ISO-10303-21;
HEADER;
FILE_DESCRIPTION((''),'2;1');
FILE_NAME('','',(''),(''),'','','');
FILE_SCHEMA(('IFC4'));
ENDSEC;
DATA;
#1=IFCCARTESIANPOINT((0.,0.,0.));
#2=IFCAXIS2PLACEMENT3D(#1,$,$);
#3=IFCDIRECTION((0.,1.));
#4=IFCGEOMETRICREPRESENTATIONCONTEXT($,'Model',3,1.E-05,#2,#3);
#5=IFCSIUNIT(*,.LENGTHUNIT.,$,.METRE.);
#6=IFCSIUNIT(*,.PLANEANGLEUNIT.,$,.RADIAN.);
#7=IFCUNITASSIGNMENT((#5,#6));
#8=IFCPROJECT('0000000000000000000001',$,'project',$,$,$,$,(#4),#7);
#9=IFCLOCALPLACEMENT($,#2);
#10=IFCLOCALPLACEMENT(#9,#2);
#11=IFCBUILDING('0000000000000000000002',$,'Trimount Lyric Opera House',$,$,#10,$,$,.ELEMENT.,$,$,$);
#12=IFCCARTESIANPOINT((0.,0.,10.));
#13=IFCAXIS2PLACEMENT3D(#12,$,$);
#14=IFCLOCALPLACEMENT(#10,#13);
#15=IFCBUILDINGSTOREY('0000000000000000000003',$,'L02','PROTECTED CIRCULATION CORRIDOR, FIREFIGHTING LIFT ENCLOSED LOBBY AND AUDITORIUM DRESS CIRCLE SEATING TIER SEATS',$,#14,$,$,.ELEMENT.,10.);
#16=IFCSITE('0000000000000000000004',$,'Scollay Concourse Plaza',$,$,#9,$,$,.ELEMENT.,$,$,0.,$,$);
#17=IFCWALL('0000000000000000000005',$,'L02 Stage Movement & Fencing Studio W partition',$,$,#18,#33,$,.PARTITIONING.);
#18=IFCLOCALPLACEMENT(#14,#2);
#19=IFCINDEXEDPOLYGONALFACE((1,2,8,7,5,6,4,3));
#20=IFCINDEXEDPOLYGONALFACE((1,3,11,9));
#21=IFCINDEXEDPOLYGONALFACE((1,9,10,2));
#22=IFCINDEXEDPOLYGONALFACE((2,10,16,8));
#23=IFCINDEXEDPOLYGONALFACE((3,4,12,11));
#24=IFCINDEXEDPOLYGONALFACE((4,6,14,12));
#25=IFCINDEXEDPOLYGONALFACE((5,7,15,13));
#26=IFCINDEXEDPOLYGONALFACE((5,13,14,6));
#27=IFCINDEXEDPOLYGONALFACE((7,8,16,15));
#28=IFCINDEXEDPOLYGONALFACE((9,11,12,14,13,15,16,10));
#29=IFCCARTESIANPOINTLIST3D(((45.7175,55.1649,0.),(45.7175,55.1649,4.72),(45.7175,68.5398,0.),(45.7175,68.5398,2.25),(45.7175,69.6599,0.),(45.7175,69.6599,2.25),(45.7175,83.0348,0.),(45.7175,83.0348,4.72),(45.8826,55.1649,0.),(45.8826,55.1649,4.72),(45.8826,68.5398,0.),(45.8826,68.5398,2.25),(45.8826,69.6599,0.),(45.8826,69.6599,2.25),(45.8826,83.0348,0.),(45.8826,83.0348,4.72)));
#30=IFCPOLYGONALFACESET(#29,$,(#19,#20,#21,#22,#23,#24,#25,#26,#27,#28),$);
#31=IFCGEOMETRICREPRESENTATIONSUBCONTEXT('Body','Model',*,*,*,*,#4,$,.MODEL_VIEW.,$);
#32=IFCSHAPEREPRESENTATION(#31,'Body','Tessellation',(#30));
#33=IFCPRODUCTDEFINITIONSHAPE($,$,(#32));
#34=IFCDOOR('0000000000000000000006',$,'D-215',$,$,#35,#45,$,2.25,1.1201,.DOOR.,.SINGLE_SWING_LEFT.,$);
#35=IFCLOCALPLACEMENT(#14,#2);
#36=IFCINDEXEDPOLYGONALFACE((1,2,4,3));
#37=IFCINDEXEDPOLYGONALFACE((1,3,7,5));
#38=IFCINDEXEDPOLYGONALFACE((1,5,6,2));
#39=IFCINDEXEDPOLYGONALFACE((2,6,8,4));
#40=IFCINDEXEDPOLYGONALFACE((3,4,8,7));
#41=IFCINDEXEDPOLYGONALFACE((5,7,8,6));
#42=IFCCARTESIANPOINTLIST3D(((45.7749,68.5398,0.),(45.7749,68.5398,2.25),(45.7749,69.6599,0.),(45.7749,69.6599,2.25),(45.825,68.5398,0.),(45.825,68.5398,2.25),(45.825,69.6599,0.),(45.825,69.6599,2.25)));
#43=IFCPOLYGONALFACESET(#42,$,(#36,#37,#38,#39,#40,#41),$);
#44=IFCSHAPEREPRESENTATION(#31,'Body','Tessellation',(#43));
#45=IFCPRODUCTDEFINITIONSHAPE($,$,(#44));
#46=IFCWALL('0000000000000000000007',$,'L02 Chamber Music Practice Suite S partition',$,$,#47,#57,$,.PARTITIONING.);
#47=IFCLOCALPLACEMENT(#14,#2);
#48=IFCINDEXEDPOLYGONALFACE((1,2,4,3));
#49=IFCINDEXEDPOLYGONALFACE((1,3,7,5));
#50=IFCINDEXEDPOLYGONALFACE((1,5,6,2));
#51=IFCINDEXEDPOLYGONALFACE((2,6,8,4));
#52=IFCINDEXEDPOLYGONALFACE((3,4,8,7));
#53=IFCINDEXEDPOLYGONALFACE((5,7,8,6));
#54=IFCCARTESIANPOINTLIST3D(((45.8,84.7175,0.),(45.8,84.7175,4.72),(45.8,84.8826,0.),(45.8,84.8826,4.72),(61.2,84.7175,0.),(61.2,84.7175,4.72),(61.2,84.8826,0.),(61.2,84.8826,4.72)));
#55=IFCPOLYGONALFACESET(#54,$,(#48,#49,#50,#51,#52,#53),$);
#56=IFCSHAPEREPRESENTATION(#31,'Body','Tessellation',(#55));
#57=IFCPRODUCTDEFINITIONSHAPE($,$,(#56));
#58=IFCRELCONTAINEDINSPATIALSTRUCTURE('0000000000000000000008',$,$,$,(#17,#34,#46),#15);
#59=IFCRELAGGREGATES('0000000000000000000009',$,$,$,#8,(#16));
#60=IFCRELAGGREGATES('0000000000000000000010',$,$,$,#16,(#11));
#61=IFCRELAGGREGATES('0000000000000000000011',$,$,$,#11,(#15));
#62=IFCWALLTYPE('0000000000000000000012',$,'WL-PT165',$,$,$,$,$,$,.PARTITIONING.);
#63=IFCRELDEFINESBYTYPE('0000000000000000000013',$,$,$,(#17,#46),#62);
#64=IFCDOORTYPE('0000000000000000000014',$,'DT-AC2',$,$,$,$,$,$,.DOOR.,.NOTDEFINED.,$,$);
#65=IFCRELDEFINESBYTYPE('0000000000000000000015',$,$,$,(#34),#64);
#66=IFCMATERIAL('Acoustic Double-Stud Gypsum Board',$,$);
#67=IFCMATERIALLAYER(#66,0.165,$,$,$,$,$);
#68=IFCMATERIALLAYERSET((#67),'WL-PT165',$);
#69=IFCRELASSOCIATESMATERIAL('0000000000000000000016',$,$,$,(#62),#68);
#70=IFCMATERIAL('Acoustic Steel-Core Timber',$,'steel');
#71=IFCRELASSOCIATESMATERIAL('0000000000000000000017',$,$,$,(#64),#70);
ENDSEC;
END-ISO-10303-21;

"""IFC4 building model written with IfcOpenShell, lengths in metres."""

from ifc_helpers import new_model, si_unit, direction, frame, frame_2d, origin, place, context, subcontext, project, spatial, rectangle, extrude, material, layer, layer_set, type_object, element, fill, save


model = new_model("IFC4")

# Units and contexts
model_context = context("Model", 3, precision=1e-05, world=origin(), true_north=direction((0.0, 1.0)))
body_context = subcontext(model_context, "Body", "Model", "MODEL_VIEW")
ifc_project = project(units=[si_unit("LENGTHUNIT", "METRE"), si_unit("PLANEANGLEUNIT", "RADIAN")], contexts=[model_context])

# Site, building, storey
site_placement = place(None, origin())
site = spatial("IfcSite", under=ifc_project, at=site_placement, Name="Scollay Concourse Plaza", CompositionType="ELEMENT", RefElevation=0.0)
building_placement = place(site_placement, origin())
building = spatial("IfcBuilding", under=site, at=building_placement, Name="Trimount Lyric Opera House", CompositionType="ELEMENT")
storey_placement = place(building_placement, frame((0.0, 0.0, 10.0)))
storey = spatial("IfcBuildingStorey", under=building, at=storey_placement, Name="L02", Description="PROTECTED CIRCULATION CORRIDOR, FIREFIGHTING LIFT ENCLOSED LOBBY AND AUDITORIUM DRESS CIRCLE SEATING TIER SEATS", CompositionType="ELEMENT", Elevation=10.0)

# Wall, opening, door
ifc_material_1 = material(Name="Acoustic Double-Stud Gypsum Board")
ifc_layer_1 = layer(ifc_material_1, 0.165)
ifc_layer_set_1 = layer_set([ifc_layer_1], Name="WL-PT165")
wall_type = type_object("IfcWallType", Name="WL-PT165", PredefinedType="PARTITIONING", material=ifc_layer_set_1)
wall_1_placement = place(storey_placement, frame((45.8, 83.0349, 0.0), z_axis=(0.0, 0.0, 1.0), x_axis=(0.0, -1.0, 0.0)))
wall_1 = element("IfcWall", 1, at=wall_1_placement, inside=storey, type_object=wall_type, Name="L02 Stage Movement & Fencing Studio W partition", PredefinedType="PARTITIONING", context=body_context, shape_type="SweptSolid", body=[
    extrude(rectangle(XDim=27.8699, YDim=0.165, at=frame_2d((13.9351, 0.0))), origin(), (0.0, 0.0, 1.0), 4.72),
])
opening_placement = place(wall_1_placement, frame((13.375, 0.0, 0.0)))
opening = element("IfcOpeningElement", 2, at=opening_placement, cuts=wall_1, PredefinedType="OPENING", context=body_context, shape_type="SweptSolid", body=[
    extrude(rectangle(XDim=1.1201, YDim=2.25, at=frame_2d((0.5601, 1.125))), frame((0.0, 0.0925, 0.0), z_axis=(0.0, -1.0, 0.0), x_axis=(1.0, 0.0, 0.0)), (0.0, 0.0, 1.0), 0.1851),
])
ifc_material_2 = material(Name="Acoustic Steel-Core Timber", Category="steel")
door_type = type_object("IfcDoorType", Name="DT-AC2", OperationType="NOTDEFINED", PredefinedType="DOOR", material=ifc_material_2)
door_placement = place(opening_placement, origin())
door = element("IfcDoor", 3, at=door_placement, inside=storey, type_object=door_type, Name="D-215", OperationType="SINGLE_SWING_LEFT", OverallHeight=2.25, OverallWidth=1.1201, PredefinedType="DOOR", context=body_context, shape_type="SweptSolid", body=[
    extrude(rectangle(XDim=1.1201, YDim=2.25, at=frame_2d((0.5601, 1.125))), frame((0.0, 0.0249, 0.0), z_axis=(0.0, -1.0, 0.0), x_axis=(1.0, 0.0, 0.0)), (0.0, 0.0, 1.0), 0.05),
])
fill(opening, door)

# Wall
wall_2_placement = place(storey_placement, frame((45.8, 84.8, 0.0), z_axis=(0.0, 0.0, 1.0), x_axis=(1.0, 0.0, 0.0)))
element("IfcWall", 4, at=wall_2_placement, inside=storey, type_object=wall_type, Name="L02 Chamber Music Practice Suite S partition", PredefinedType="PARTITIONING", context=body_context, shape_type="SweptSolid", body=[
    extrude(rectangle(XDim=15.3999, YDim=0.165, at=frame_2d((7.7, 0.0))), origin(), (0.0, 0.0, 1.0), 4.72),
])

save(model, "model.ifc")
